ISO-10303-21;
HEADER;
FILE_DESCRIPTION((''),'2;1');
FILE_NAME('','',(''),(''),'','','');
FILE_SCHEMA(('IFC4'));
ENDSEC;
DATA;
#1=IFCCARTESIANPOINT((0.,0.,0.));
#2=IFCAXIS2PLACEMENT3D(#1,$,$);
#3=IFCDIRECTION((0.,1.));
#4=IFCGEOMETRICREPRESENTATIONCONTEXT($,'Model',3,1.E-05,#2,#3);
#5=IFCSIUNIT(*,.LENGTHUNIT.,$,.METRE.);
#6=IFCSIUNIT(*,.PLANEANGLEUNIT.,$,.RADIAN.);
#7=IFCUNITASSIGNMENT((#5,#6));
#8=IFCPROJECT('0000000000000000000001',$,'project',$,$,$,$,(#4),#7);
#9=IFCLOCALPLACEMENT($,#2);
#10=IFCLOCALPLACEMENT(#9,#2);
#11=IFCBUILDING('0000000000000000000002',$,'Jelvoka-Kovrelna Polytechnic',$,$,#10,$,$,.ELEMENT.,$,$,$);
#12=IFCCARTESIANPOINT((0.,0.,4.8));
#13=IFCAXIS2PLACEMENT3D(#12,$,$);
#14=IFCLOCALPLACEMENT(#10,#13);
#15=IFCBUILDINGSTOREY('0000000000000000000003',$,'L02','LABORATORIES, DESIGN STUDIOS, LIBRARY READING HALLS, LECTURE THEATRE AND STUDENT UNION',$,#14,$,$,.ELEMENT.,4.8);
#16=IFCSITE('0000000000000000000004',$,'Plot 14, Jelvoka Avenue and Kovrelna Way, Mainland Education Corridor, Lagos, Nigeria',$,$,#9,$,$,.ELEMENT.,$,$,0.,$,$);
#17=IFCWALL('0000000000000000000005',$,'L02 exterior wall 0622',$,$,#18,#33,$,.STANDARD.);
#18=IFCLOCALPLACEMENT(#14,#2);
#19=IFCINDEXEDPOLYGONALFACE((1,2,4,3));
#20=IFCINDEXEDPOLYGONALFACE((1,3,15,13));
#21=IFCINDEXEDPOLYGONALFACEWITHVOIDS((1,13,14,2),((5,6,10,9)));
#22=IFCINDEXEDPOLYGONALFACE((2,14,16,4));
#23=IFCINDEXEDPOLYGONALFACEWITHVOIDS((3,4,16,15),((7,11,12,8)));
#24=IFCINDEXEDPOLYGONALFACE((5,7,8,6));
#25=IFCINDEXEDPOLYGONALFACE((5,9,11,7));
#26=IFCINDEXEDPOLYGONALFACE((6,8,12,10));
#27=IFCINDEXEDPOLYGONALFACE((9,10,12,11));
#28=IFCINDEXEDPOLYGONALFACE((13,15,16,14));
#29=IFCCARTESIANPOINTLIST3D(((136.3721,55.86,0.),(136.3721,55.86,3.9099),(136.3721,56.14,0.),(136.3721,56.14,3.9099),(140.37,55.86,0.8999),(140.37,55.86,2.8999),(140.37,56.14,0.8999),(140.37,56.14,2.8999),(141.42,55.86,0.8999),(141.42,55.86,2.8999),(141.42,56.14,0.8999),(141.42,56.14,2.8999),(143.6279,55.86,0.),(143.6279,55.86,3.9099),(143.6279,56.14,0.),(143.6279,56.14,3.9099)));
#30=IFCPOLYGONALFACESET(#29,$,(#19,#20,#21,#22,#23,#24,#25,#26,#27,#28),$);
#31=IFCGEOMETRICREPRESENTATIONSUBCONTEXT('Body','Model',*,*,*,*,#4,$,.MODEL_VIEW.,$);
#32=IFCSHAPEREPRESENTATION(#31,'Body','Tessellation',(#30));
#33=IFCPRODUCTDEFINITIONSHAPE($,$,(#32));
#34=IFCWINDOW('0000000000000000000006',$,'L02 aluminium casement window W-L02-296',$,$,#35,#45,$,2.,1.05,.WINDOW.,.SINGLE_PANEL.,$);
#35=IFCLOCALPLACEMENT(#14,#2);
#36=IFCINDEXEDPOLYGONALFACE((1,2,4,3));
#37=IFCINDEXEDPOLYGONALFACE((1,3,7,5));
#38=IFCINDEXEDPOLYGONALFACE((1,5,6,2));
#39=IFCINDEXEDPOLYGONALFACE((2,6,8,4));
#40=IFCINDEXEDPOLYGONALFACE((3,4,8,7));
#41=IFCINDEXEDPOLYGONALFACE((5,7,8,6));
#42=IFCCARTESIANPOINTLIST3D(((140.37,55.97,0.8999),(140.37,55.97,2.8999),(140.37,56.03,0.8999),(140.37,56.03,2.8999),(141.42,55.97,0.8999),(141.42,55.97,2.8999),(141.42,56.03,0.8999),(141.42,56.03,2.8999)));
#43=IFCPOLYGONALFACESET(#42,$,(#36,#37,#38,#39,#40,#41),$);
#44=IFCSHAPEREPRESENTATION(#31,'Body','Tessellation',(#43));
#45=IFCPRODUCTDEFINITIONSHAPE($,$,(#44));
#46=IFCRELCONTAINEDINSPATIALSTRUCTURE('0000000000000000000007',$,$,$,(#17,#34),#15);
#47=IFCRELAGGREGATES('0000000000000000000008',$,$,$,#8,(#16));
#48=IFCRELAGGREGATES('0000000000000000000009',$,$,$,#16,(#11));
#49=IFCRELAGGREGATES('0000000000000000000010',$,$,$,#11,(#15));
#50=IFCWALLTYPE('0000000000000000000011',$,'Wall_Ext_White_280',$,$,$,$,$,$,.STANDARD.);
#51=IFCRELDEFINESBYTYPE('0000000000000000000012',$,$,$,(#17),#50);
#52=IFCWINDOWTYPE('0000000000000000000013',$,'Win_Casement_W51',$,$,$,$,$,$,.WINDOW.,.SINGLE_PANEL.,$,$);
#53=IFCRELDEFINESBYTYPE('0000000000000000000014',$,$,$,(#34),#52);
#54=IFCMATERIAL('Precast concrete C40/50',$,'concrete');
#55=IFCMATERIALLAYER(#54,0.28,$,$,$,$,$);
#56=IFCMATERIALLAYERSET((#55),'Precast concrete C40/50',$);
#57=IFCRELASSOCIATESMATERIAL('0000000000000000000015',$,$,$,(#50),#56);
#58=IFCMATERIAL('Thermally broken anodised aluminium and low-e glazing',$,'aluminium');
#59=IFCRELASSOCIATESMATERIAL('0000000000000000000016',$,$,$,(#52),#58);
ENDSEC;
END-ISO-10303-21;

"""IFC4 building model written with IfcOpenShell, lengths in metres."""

from ifc_helpers import new_model, si_unit, direction, frame, frame_2d, origin, place, context, subcontext, project, spatial, rectangle, extrude, material, layer, layer_set, type_object, element, fill, save


model = new_model("IFC4")

# Units and contexts
model_context = context("Model", 3, precision=1e-05, world=origin(), true_north=direction((0.0, 1.0)))
body_context = subcontext(model_context, "Body", "Model", "MODEL_VIEW")
ifc_project = project(units=[si_unit("LENGTHUNIT", "METRE"), si_unit("PLANEANGLEUNIT", "RADIAN")], contexts=[model_context])

# Site, building, storey
site_placement = place(None, origin())
site = spatial("IfcSite", under=ifc_project, at=site_placement, Name="Plot 14, Jelvoka Avenue and Kovrelna Way, Mainland Education Corridor, Lagos, Nigeria", CompositionType="ELEMENT", RefElevation=0.0)
building_placement = place(site_placement, origin())
building = spatial("IfcBuilding", under=site, at=building_placement, Name="Jelvoka-Kovrelna Polytechnic", CompositionType="ELEMENT")
storey_placement = place(building_placement, frame((0.0, 0.0, 4.8)))
storey = spatial("IfcBuildingStorey", under=building, at=storey_placement, Name="L02", Description="LABORATORIES, DESIGN STUDIOS, LIBRARY READING HALLS, LECTURE THEATRE AND STUDENT UNION", CompositionType="ELEMENT", Elevation=4.8)

# Wall, opening, window
ifc_material_1 = material(Name="Precast concrete C40/50", Category="concrete")
ifc_layer_1 = layer(ifc_material_1, 0.28)
ifc_layer_set_1 = layer_set([ifc_layer_1], Name="Precast concrete C40/50")
wall_type = type_object("IfcWallType", Name="Wall_Ext_White_280", PredefinedType="STANDARD", material=ifc_layer_set_1)
wall_placement = place(storey_placement, frame((143.6279, 56.0, 0.0), z_axis=(0.0, 0.0, 1.0), x_axis=(-1.0, 0.0, 0.0)))
wall = element("IfcWall", 1, at=wall_placement, inside=storey, type_object=wall_type, Name="L02 exterior wall 0622", PredefinedType="STANDARD", context=body_context, shape_type="SweptSolid", body=[
    extrude(rectangle(XDim=7.2559, YDim=0.28, at=frame_2d((3.6279, 0.0))), origin(), (0.0, 0.0, 1.0), 3.9099),
])
opening_placement = place(wall_placement, frame((2.208, 0.0, 0.8999)))
opening = element("IfcOpeningElement", 2, at=opening_placement, cuts=wall, PredefinedType="OPENING", context=body_context, shape_type="SweptSolid", body=[
    extrude(rectangle(XDim=1.05, YDim=2.0, at=frame_2d((0.5249, 1.0))), frame((0.0, 0.1501, 0.0), z_axis=(0.0, -1.0, 0.0), x_axis=(1.0, 0.0, 0.0)), (0.0, 0.0, 1.0), 0.3),
])
ifc_material_2 = material(Name="Thermally broken anodised aluminium and low-e glazing", Category="aluminium")
window_type = type_object("IfcWindowType", Name="Win_Casement_W51", PartitioningType="SINGLE_PANEL", PredefinedType="WINDOW", material=ifc_material_2)
window_placement = place(opening_placement, origin())
window = element("IfcWindow", 3, at=window_placement, inside=storey, type_object=window_type, Name="L02 aluminium casement window W-L02-296", OverallHeight=2.0, OverallWidth=1.05, PartitioningType="SINGLE_PANEL", PredefinedType="WINDOW", context=body_context, shape_type="SweptSolid", body=[
    extrude(rectangle(XDim=1.05, YDim=2.0, at=frame_2d((0.5249, 1.0))), frame((0.0, 0.03, 0.0), z_axis=(0.0, -1.0, 0.0), x_axis=(1.0, 0.0, 0.0)), (0.0, 0.0, 1.0), 0.0601),
])
fill(opening, window)

save(model, "model.ifc")
